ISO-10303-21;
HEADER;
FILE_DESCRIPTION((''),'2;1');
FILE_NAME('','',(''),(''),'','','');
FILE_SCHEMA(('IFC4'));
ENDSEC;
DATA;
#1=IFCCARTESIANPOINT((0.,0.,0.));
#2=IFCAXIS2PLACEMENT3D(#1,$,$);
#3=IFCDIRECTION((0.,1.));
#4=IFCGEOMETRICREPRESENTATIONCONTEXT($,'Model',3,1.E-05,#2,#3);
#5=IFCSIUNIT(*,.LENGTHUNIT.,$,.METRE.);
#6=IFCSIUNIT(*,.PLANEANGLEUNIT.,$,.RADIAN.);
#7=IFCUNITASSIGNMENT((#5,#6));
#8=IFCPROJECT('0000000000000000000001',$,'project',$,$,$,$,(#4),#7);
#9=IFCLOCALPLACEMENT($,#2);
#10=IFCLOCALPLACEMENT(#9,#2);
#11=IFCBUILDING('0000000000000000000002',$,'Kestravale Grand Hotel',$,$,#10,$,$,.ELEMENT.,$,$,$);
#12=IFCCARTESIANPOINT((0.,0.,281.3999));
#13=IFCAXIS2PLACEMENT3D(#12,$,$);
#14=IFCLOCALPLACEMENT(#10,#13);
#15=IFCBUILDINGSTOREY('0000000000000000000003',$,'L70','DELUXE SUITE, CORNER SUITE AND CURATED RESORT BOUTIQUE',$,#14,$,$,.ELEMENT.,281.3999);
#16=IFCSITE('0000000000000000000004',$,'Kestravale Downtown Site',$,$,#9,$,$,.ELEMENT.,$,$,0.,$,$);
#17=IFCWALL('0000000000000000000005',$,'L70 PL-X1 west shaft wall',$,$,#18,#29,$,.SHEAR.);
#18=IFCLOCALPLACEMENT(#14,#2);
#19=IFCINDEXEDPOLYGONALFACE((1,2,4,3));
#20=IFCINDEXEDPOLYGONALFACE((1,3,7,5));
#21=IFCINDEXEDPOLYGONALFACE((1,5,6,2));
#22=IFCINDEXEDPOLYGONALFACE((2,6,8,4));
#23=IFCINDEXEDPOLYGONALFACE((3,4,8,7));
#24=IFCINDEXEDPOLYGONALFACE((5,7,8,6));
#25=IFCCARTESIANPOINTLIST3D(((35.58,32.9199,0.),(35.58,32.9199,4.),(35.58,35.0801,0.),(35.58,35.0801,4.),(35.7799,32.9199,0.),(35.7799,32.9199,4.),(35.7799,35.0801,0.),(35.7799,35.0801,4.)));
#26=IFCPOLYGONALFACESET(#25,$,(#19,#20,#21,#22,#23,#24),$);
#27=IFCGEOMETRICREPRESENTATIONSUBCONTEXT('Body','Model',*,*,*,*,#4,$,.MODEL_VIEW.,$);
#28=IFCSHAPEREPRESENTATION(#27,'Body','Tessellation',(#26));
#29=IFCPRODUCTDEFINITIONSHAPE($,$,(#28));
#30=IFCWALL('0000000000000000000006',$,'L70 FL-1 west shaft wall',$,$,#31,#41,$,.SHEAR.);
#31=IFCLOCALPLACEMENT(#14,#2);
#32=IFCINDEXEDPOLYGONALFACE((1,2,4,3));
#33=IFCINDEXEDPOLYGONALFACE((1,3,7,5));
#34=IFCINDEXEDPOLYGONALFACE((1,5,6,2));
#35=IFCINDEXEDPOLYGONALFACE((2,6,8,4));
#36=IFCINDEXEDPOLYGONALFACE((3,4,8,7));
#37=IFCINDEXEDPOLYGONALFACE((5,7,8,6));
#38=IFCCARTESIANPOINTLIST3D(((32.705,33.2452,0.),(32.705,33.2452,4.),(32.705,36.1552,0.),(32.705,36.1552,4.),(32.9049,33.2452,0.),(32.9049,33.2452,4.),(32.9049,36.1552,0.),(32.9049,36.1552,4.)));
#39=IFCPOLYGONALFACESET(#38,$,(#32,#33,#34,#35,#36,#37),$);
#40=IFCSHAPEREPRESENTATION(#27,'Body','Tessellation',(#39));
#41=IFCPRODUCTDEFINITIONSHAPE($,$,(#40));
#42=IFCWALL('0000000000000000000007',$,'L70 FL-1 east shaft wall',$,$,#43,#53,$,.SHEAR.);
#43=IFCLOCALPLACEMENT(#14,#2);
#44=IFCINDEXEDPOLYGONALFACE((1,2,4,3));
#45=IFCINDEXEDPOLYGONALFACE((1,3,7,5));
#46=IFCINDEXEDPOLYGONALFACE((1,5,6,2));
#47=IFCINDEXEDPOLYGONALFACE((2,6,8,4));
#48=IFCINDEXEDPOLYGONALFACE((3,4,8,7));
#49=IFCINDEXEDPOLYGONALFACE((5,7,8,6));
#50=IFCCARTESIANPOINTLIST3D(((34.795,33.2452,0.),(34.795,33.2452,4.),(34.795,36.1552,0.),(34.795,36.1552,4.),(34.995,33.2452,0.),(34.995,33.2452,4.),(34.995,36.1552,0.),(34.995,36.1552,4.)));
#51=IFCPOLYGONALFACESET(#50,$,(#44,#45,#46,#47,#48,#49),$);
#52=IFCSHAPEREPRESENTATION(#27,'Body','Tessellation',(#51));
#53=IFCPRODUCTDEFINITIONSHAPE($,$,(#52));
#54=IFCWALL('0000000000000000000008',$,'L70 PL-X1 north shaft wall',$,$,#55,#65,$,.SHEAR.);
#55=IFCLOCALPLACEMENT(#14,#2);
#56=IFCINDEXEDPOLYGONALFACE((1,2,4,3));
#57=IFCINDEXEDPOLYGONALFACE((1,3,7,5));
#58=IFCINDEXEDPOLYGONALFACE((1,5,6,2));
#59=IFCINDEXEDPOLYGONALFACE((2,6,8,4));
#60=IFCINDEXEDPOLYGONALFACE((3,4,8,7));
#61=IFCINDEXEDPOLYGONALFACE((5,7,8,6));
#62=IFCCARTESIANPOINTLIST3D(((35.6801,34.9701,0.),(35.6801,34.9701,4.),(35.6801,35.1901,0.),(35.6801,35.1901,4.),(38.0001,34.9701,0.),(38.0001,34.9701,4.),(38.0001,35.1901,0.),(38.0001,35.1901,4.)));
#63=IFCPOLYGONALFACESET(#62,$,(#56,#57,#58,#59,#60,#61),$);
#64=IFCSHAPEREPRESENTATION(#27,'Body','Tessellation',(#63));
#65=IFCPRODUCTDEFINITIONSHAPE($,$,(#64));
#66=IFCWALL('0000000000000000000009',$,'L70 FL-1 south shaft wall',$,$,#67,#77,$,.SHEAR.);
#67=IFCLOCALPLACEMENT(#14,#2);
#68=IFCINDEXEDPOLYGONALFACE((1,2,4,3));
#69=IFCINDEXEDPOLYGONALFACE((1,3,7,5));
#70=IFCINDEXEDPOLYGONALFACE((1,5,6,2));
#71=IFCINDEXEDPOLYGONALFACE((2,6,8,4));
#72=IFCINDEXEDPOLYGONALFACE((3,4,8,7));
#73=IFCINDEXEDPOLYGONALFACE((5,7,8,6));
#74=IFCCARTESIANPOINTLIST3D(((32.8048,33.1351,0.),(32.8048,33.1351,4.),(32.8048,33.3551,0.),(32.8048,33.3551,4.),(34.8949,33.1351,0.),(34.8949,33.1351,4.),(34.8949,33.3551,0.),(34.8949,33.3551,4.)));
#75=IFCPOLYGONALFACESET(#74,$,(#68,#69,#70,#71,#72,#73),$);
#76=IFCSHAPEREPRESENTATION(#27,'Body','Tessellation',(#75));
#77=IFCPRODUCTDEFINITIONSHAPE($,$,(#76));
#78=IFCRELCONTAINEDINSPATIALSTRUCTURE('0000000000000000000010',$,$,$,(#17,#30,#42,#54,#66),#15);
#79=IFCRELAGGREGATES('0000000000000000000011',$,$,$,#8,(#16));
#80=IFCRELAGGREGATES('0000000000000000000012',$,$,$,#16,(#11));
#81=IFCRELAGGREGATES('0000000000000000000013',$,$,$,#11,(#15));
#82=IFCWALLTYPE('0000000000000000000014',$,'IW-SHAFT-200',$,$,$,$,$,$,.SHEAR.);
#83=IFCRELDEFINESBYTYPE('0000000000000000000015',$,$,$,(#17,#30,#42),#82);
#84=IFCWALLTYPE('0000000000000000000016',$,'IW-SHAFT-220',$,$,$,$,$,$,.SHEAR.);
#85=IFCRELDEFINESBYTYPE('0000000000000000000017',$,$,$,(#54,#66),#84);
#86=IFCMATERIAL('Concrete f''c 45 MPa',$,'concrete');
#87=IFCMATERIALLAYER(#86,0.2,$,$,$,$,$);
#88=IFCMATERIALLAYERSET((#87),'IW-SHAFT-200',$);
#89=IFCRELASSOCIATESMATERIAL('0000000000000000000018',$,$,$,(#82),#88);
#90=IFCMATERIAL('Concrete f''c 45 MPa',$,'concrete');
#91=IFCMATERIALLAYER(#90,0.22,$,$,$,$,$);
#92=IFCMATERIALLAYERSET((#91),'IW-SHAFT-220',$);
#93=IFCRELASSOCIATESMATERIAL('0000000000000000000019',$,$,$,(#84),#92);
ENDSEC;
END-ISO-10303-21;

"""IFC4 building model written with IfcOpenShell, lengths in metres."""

from ifc_helpers import new_model, si_unit, direction, frame, frame_2d, origin, place, context, subcontext, project, spatial, rectangle, extrude, material, layer, layer_set, type_object, element, save


model = new_model("IFC4")

# Units and contexts
model_context = context("Model", 3, precision=1e-05, world=origin(), true_north=direction((0.0, 1.0)))
body_context = subcontext(model_context, "Body", "Model", "MODEL_VIEW")
ifc_project = project(units=[si_unit("LENGTHUNIT", "METRE"), si_unit("PLANEANGLEUNIT", "RADIAN")], contexts=[model_context])

# Site, building, storey
site_placement = place(None, origin())
site = spatial("IfcSite", under=ifc_project, at=site_placement, Name="Kestravale Downtown Site", CompositionType="ELEMENT", RefElevation=0.0)
building_placement = place(site_placement, origin())
building = spatial("IfcBuilding", under=site, at=building_placement, Name="Kestravale Grand Hotel", CompositionType="ELEMENT")
storey_placement = place(building_placement, frame((0.0, 0.0, 281.3999)))
storey = spatial("IfcBuildingStorey", under=building, at=storey_placement, Name="L70", Description="DELUXE SUITE, CORNER SUITE AND CURATED RESORT BOUTIQUE", CompositionType="ELEMENT", Elevation=281.3999)

# Walls
ifc_material_1 = material(Name="Concrete f'c 45 MPa", Category="concrete")
ifc_layer_1 = layer(ifc_material_1, 0.2)
ifc_layer_set_1 = layer_set([ifc_layer_1], Name="IW-SHAFT-200")
wall_type_1 = type_object("IfcWallType", Name="IW-SHAFT-200", PredefinedType="SHEAR", material=ifc_layer_set_1)
wall_1_placement = place(storey_placement, frame((35.6799, 32.9199, 0.0), z_axis=(0.0, 0.0, 1.0), x_axis=(0.0, 1.0, 0.0)))
element("IfcWall", 1, at=wall_1_placement, inside=storey, type_object=wall_type_1, Name="L70 PL-X1 west shaft wall", PredefinedType="SHEAR", context=body_context, shape_type="SweptSolid", body=[
    extrude(rectangle(XDim=2.1602, YDim=0.2, at=frame_2d((1.0801, 0.0))), origin(), (0.0, 0.0, 1.0), 4.0),
])
for number, where, z_axis, x_axis, name in (
    (2, (32.8049, 33.2451, 0.0), (0.0, 0.0, 1.0), (0.0, 1.0, 0.0), "L70 FL-1 west shaft wall"),
    (3, (34.895, 33.2451, 0.0), (0.0, 0.0, 1.0), (0.0, 1.0, 0.0), "L70 FL-1 east shaft wall"),
):
    element("IfcWall", number, at=place(storey_placement, frame(where, z_axis=z_axis, x_axis=x_axis)), inside=storey, type_object=wall_type_1, Name=name, PredefinedType="SHEAR", context=body_context, shape_type="SweptSolid", body=[
        extrude(rectangle(XDim=2.9099, YDim=0.2, at=frame_2d((1.4551, 0.0))), origin(), (0.0, 0.0, 1.0), 4.0),
    ])
ifc_material_2 = material(Name="Concrete f'c 45 MPa", Category="concrete")
ifc_layer_2 = layer(ifc_material_2, 0.22)
ifc_layer_set_2 = layer_set([ifc_layer_2], Name="IW-SHAFT-220")
wall_type_2 = type_object("IfcWallType", Name="IW-SHAFT-220", PredefinedType="SHEAR", material=ifc_layer_set_2)
wall_2_placement = place(storey_placement, frame((35.6799, 35.0801, 0.0), z_axis=(0.0, 0.0, 1.0), x_axis=(1.0, 0.0, 0.0)))
element("IfcWall", 4, at=wall_2_placement, inside=storey, type_object=wall_type_2, Name="L70 PL-X1 north shaft wall", PredefinedType="SHEAR", context=body_context, shape_type="SweptSolid", body=[
    extrude(rectangle(XDim=2.3201, YDim=0.22, at=frame_2d((1.1602, 0.0))), origin(), (0.0, 0.0, 1.0), 4.0),
])

# Wall
wall_3_placement = place(storey_placement, frame((32.8049, 33.2451, 0.0), z_axis=(0.0, 0.0, 1.0), x_axis=(1.0, 0.0, 0.0)))
element("IfcWall", 5, at=wall_3_placement, inside=storey, type_object=wall_type_2, Name="L70 FL-1 south shaft wall", PredefinedType="SHEAR", context=body_context, shape_type="SweptSolid", body=[
    extrude(rectangle(XDim=2.0901, YDim=0.22, at=frame_2d((1.0449, 0.0))), origin(), (0.0, 0.0, 1.0), 4.0),
])

save(model, "model.ifc")
